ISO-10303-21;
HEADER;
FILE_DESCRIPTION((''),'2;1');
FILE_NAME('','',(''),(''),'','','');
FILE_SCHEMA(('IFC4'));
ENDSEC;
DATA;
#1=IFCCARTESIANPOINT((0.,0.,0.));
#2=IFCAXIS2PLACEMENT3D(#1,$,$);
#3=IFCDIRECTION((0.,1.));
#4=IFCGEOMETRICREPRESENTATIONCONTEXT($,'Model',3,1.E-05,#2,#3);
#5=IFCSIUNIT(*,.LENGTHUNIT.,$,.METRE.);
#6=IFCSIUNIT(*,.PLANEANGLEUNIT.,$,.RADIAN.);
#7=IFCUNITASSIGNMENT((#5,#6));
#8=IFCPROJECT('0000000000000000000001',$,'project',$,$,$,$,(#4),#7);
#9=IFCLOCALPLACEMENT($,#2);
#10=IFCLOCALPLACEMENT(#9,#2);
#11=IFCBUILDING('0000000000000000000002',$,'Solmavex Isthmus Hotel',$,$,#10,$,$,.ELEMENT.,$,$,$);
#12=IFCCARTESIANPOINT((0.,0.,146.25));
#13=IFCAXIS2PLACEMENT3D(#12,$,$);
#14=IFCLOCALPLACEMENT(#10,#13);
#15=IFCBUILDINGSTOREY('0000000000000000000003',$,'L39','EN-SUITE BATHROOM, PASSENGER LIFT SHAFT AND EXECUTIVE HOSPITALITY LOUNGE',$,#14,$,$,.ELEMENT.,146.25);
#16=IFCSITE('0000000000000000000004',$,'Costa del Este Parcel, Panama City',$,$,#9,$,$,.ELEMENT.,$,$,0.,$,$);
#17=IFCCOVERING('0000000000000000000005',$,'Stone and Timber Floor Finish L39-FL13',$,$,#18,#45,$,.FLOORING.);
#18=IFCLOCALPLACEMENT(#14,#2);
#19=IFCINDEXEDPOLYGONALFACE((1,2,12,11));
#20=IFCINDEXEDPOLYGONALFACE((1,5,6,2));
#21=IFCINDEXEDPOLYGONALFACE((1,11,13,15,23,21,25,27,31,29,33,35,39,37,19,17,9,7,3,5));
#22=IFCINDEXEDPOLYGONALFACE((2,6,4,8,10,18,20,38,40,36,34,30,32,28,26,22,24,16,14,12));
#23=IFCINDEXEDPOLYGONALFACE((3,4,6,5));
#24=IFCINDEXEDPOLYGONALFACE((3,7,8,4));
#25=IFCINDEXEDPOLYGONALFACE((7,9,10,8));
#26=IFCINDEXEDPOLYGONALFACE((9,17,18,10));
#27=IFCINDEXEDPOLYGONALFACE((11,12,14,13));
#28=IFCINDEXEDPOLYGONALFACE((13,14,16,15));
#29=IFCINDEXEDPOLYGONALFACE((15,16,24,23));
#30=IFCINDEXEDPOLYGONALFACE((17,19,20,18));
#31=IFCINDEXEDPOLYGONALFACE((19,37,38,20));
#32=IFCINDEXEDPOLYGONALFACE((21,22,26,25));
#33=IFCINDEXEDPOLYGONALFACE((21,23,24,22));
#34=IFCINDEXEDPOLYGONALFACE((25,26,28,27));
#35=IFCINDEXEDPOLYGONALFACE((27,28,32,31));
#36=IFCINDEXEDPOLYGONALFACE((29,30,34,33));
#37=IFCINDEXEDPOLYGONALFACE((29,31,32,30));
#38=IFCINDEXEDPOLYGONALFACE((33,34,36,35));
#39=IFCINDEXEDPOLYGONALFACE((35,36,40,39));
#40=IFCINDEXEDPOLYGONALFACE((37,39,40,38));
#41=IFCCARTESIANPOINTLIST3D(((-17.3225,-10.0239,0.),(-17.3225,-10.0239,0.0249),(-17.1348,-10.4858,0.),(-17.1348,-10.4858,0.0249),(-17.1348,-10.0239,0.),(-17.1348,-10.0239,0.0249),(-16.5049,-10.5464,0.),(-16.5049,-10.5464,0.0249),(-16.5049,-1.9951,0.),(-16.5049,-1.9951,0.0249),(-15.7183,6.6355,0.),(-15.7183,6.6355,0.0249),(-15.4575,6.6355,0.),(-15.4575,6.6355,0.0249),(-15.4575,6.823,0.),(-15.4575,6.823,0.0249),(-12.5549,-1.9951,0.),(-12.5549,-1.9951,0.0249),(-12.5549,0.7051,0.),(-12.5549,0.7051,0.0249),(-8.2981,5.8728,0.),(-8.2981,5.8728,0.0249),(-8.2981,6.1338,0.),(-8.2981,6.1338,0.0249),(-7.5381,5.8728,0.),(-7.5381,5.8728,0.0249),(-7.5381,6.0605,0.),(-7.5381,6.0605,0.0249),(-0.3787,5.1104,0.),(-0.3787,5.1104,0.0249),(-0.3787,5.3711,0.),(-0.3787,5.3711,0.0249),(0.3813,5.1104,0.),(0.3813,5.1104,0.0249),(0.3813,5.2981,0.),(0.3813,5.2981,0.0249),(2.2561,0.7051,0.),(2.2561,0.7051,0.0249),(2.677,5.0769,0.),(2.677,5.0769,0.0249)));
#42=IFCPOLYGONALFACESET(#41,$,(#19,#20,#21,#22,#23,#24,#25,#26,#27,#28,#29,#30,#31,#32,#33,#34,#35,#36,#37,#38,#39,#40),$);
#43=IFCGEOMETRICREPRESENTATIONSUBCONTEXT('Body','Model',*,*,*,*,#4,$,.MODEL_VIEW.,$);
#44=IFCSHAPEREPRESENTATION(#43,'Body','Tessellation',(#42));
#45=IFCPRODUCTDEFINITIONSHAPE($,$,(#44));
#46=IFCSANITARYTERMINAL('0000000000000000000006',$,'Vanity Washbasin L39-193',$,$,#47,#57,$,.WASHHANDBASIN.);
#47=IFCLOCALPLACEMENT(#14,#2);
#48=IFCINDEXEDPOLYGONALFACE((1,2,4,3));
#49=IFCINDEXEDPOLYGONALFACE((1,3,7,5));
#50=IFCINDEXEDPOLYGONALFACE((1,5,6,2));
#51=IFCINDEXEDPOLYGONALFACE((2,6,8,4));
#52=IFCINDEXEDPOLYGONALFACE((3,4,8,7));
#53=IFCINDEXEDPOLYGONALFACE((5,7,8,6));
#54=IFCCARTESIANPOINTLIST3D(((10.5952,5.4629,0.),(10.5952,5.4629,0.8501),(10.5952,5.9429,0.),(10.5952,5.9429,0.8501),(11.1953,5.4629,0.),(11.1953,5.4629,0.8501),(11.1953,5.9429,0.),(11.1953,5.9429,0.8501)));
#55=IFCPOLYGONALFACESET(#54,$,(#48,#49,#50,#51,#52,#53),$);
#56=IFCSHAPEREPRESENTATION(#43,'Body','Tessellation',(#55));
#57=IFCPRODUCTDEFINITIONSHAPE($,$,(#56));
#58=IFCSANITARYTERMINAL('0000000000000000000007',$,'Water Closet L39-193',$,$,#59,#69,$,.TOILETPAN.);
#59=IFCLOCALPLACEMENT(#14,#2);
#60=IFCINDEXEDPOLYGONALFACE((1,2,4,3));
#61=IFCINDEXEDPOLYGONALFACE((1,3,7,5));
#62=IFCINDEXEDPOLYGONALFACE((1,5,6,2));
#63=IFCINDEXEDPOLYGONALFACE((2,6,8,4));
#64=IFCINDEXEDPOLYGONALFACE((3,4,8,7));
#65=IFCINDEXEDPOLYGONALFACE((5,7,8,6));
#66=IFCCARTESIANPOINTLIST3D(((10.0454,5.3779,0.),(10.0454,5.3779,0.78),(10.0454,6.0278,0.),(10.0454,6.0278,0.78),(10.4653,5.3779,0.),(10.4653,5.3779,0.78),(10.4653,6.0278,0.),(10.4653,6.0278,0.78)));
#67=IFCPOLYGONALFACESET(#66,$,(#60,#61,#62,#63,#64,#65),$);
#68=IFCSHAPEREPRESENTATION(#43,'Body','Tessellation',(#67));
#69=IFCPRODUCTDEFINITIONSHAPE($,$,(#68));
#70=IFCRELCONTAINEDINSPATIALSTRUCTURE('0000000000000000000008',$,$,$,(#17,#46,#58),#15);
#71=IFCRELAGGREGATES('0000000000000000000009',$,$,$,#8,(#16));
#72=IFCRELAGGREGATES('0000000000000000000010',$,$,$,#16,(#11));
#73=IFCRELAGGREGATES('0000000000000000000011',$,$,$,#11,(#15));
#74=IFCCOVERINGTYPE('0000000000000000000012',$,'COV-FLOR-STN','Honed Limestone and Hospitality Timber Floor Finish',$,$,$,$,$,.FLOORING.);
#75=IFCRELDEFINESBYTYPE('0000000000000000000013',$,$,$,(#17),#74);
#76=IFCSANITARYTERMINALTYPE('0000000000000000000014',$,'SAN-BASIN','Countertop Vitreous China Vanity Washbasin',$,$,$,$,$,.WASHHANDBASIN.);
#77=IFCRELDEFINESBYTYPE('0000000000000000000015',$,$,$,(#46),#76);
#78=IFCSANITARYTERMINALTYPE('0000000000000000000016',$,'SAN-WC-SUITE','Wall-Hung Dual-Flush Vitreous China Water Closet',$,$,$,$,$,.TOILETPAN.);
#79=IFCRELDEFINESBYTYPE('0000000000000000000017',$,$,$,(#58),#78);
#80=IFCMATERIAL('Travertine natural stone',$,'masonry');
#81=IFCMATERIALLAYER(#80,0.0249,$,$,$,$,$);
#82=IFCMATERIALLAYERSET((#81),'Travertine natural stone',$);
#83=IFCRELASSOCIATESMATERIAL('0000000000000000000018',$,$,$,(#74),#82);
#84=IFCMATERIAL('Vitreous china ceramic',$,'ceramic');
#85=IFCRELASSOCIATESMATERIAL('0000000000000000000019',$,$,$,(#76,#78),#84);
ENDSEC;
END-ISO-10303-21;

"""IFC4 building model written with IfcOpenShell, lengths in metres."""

from ifc_helpers import new_model, si_unit, direction, frame, origin, origin_2d, place, context, subcontext, project, spatial, polyline, rectangle, outline, extrude, material, layer, layer_set, type_object, element, save


model = new_model("IFC4")

# Units and contexts
model_context = context("Model", 3, precision=1e-05, world=origin(), true_north=direction((0.0, 1.0)))
body_context = subcontext(model_context, "Body", "Model", "MODEL_VIEW")
ifc_project = project(units=[si_unit("LENGTHUNIT", "METRE"), si_unit("PLANEANGLEUNIT", "RADIAN")], contexts=[model_context])

# Site, building, storey
site_placement = place(None, origin())
site = spatial("IfcSite", under=ifc_project, at=site_placement, Name="Costa del Este Parcel, Panama City", CompositionType="ELEMENT", RefElevation=0.0)
building_placement = place(site_placement, origin())
building = spatial("IfcBuilding", under=site, at=building_placement, Name="Solmavex Isthmus Hotel", CompositionType="ELEMENT")
storey_placement = place(building_placement, frame((0.0, 0.0, 146.25)))
storey = spatial("IfcBuildingStorey", under=building, at=storey_placement, Name="L39", Description="EN-SUITE BATHROOM, PASSENGER LIFT SHAFT AND EXECUTIVE HOSPITALITY LOUNGE", CompositionType="ELEMENT", Elevation=146.25)

# Covering
ifc_material_1 = material(Name="Travertine natural stone", Category="masonry")
ifc_layer_1 = layer(ifc_material_1, 0.0249)
ifc_layer_set_1 = layer_set([ifc_layer_1], Name="Travertine natural stone")
covering_type_1 = type_object("IfcCoveringType", Name="COV-FLOR-STN", Description="Honed Limestone and Hospitality Timber Floor Finish", PredefinedType="FLOORING", material=ifc_layer_set_1)
covering_1_placement = place(storey_placement, origin())
element("IfcCovering", 1, at=covering_1_placement, inside=storey, type_object=covering_type_1, Name="Stone and Timber Floor Finish L39-FL13", PredefinedType="FLOORING", context=body_context, shape_type="SweptSolid", body=[
    extrude(outline(polyline([(-17.3225, -10.0239), (-17.1348, -10.0239), (-17.1348, -10.4858), (-16.5049, -10.5464), (-16.5049, -1.9951), (-12.5549, -1.9951), (-12.5549, 0.7051), (2.2561, 0.7051), (2.677, 5.0769), (0.3813, 5.2981), (0.3813, 5.1104), (-0.3787, 5.1104), (-0.3787, 5.3711), (-7.5381, 6.0605), (-7.5381, 5.8728), (-8.2981, 5.8728), (-8.2981, 6.1338), (-15.4575, 6.823), (-15.4575, 6.6355), (-15.7183, 6.6355), (-17.3225, -10.0239)])), origin(), (0.0, 0.0, 1.0), 0.0249),
])

# Sanitary terminals
ifc_material_2 = material(Name="Vitreous china ceramic", Category="ceramic")
sanitary_terminal_type_1 = type_object("IfcSanitaryTerminalType", Name="SAN-BASIN", Description="Countertop Vitreous China Vanity Washbasin", PredefinedType="WASHHANDBASIN", material=ifc_material_2)
sanitary_terminal_1_placement = place(storey_placement, frame((10.8953, 5.7029, 0.0), z_axis=(0.0, 0.0, 1.0), x_axis=(1.0, 0.0, 0.0)))
element("IfcSanitaryTerminal", 2, at=sanitary_terminal_1_placement, inside=storey, type_object=sanitary_terminal_type_1, Name="Vanity Washbasin L39-193", PredefinedType="WASHHANDBASIN", context=body_context, shape_type="SweptSolid", body=[
    extrude(rectangle(XDim=0.6001, YDim=0.48, at=origin_2d()), origin(), (0.0, 0.0, 1.0), 0.8501),
])
sanitary_terminal_type_2 = type_object("IfcSanitaryTerminalType", Name="SAN-WC-SUITE", Description="Wall-Hung Dual-Flush Vitreous China Water Closet", PredefinedType="TOILETPAN", material=ifc_material_2)
sanitary_terminal_2_placement = place(storey_placement, frame((10.2554, 5.7029, 0.0), z_axis=(0.0, 0.0, 1.0), x_axis=(1.0, 0.0, 0.0)))
element("IfcSanitaryTerminal", 3, at=sanitary_terminal_2_placement, inside=storey, type_object=sanitary_terminal_type_2, Name="Water Closet L39-193", PredefinedType="TOILETPAN", context=body_context, shape_type="SweptSolid", body=[
    extrude(rectangle(XDim=0.4199, YDim=0.6499, at=origin_2d()), origin(), (0.0, 0.0, 1.0), 0.78),
])

save(model, "model.ifc")
